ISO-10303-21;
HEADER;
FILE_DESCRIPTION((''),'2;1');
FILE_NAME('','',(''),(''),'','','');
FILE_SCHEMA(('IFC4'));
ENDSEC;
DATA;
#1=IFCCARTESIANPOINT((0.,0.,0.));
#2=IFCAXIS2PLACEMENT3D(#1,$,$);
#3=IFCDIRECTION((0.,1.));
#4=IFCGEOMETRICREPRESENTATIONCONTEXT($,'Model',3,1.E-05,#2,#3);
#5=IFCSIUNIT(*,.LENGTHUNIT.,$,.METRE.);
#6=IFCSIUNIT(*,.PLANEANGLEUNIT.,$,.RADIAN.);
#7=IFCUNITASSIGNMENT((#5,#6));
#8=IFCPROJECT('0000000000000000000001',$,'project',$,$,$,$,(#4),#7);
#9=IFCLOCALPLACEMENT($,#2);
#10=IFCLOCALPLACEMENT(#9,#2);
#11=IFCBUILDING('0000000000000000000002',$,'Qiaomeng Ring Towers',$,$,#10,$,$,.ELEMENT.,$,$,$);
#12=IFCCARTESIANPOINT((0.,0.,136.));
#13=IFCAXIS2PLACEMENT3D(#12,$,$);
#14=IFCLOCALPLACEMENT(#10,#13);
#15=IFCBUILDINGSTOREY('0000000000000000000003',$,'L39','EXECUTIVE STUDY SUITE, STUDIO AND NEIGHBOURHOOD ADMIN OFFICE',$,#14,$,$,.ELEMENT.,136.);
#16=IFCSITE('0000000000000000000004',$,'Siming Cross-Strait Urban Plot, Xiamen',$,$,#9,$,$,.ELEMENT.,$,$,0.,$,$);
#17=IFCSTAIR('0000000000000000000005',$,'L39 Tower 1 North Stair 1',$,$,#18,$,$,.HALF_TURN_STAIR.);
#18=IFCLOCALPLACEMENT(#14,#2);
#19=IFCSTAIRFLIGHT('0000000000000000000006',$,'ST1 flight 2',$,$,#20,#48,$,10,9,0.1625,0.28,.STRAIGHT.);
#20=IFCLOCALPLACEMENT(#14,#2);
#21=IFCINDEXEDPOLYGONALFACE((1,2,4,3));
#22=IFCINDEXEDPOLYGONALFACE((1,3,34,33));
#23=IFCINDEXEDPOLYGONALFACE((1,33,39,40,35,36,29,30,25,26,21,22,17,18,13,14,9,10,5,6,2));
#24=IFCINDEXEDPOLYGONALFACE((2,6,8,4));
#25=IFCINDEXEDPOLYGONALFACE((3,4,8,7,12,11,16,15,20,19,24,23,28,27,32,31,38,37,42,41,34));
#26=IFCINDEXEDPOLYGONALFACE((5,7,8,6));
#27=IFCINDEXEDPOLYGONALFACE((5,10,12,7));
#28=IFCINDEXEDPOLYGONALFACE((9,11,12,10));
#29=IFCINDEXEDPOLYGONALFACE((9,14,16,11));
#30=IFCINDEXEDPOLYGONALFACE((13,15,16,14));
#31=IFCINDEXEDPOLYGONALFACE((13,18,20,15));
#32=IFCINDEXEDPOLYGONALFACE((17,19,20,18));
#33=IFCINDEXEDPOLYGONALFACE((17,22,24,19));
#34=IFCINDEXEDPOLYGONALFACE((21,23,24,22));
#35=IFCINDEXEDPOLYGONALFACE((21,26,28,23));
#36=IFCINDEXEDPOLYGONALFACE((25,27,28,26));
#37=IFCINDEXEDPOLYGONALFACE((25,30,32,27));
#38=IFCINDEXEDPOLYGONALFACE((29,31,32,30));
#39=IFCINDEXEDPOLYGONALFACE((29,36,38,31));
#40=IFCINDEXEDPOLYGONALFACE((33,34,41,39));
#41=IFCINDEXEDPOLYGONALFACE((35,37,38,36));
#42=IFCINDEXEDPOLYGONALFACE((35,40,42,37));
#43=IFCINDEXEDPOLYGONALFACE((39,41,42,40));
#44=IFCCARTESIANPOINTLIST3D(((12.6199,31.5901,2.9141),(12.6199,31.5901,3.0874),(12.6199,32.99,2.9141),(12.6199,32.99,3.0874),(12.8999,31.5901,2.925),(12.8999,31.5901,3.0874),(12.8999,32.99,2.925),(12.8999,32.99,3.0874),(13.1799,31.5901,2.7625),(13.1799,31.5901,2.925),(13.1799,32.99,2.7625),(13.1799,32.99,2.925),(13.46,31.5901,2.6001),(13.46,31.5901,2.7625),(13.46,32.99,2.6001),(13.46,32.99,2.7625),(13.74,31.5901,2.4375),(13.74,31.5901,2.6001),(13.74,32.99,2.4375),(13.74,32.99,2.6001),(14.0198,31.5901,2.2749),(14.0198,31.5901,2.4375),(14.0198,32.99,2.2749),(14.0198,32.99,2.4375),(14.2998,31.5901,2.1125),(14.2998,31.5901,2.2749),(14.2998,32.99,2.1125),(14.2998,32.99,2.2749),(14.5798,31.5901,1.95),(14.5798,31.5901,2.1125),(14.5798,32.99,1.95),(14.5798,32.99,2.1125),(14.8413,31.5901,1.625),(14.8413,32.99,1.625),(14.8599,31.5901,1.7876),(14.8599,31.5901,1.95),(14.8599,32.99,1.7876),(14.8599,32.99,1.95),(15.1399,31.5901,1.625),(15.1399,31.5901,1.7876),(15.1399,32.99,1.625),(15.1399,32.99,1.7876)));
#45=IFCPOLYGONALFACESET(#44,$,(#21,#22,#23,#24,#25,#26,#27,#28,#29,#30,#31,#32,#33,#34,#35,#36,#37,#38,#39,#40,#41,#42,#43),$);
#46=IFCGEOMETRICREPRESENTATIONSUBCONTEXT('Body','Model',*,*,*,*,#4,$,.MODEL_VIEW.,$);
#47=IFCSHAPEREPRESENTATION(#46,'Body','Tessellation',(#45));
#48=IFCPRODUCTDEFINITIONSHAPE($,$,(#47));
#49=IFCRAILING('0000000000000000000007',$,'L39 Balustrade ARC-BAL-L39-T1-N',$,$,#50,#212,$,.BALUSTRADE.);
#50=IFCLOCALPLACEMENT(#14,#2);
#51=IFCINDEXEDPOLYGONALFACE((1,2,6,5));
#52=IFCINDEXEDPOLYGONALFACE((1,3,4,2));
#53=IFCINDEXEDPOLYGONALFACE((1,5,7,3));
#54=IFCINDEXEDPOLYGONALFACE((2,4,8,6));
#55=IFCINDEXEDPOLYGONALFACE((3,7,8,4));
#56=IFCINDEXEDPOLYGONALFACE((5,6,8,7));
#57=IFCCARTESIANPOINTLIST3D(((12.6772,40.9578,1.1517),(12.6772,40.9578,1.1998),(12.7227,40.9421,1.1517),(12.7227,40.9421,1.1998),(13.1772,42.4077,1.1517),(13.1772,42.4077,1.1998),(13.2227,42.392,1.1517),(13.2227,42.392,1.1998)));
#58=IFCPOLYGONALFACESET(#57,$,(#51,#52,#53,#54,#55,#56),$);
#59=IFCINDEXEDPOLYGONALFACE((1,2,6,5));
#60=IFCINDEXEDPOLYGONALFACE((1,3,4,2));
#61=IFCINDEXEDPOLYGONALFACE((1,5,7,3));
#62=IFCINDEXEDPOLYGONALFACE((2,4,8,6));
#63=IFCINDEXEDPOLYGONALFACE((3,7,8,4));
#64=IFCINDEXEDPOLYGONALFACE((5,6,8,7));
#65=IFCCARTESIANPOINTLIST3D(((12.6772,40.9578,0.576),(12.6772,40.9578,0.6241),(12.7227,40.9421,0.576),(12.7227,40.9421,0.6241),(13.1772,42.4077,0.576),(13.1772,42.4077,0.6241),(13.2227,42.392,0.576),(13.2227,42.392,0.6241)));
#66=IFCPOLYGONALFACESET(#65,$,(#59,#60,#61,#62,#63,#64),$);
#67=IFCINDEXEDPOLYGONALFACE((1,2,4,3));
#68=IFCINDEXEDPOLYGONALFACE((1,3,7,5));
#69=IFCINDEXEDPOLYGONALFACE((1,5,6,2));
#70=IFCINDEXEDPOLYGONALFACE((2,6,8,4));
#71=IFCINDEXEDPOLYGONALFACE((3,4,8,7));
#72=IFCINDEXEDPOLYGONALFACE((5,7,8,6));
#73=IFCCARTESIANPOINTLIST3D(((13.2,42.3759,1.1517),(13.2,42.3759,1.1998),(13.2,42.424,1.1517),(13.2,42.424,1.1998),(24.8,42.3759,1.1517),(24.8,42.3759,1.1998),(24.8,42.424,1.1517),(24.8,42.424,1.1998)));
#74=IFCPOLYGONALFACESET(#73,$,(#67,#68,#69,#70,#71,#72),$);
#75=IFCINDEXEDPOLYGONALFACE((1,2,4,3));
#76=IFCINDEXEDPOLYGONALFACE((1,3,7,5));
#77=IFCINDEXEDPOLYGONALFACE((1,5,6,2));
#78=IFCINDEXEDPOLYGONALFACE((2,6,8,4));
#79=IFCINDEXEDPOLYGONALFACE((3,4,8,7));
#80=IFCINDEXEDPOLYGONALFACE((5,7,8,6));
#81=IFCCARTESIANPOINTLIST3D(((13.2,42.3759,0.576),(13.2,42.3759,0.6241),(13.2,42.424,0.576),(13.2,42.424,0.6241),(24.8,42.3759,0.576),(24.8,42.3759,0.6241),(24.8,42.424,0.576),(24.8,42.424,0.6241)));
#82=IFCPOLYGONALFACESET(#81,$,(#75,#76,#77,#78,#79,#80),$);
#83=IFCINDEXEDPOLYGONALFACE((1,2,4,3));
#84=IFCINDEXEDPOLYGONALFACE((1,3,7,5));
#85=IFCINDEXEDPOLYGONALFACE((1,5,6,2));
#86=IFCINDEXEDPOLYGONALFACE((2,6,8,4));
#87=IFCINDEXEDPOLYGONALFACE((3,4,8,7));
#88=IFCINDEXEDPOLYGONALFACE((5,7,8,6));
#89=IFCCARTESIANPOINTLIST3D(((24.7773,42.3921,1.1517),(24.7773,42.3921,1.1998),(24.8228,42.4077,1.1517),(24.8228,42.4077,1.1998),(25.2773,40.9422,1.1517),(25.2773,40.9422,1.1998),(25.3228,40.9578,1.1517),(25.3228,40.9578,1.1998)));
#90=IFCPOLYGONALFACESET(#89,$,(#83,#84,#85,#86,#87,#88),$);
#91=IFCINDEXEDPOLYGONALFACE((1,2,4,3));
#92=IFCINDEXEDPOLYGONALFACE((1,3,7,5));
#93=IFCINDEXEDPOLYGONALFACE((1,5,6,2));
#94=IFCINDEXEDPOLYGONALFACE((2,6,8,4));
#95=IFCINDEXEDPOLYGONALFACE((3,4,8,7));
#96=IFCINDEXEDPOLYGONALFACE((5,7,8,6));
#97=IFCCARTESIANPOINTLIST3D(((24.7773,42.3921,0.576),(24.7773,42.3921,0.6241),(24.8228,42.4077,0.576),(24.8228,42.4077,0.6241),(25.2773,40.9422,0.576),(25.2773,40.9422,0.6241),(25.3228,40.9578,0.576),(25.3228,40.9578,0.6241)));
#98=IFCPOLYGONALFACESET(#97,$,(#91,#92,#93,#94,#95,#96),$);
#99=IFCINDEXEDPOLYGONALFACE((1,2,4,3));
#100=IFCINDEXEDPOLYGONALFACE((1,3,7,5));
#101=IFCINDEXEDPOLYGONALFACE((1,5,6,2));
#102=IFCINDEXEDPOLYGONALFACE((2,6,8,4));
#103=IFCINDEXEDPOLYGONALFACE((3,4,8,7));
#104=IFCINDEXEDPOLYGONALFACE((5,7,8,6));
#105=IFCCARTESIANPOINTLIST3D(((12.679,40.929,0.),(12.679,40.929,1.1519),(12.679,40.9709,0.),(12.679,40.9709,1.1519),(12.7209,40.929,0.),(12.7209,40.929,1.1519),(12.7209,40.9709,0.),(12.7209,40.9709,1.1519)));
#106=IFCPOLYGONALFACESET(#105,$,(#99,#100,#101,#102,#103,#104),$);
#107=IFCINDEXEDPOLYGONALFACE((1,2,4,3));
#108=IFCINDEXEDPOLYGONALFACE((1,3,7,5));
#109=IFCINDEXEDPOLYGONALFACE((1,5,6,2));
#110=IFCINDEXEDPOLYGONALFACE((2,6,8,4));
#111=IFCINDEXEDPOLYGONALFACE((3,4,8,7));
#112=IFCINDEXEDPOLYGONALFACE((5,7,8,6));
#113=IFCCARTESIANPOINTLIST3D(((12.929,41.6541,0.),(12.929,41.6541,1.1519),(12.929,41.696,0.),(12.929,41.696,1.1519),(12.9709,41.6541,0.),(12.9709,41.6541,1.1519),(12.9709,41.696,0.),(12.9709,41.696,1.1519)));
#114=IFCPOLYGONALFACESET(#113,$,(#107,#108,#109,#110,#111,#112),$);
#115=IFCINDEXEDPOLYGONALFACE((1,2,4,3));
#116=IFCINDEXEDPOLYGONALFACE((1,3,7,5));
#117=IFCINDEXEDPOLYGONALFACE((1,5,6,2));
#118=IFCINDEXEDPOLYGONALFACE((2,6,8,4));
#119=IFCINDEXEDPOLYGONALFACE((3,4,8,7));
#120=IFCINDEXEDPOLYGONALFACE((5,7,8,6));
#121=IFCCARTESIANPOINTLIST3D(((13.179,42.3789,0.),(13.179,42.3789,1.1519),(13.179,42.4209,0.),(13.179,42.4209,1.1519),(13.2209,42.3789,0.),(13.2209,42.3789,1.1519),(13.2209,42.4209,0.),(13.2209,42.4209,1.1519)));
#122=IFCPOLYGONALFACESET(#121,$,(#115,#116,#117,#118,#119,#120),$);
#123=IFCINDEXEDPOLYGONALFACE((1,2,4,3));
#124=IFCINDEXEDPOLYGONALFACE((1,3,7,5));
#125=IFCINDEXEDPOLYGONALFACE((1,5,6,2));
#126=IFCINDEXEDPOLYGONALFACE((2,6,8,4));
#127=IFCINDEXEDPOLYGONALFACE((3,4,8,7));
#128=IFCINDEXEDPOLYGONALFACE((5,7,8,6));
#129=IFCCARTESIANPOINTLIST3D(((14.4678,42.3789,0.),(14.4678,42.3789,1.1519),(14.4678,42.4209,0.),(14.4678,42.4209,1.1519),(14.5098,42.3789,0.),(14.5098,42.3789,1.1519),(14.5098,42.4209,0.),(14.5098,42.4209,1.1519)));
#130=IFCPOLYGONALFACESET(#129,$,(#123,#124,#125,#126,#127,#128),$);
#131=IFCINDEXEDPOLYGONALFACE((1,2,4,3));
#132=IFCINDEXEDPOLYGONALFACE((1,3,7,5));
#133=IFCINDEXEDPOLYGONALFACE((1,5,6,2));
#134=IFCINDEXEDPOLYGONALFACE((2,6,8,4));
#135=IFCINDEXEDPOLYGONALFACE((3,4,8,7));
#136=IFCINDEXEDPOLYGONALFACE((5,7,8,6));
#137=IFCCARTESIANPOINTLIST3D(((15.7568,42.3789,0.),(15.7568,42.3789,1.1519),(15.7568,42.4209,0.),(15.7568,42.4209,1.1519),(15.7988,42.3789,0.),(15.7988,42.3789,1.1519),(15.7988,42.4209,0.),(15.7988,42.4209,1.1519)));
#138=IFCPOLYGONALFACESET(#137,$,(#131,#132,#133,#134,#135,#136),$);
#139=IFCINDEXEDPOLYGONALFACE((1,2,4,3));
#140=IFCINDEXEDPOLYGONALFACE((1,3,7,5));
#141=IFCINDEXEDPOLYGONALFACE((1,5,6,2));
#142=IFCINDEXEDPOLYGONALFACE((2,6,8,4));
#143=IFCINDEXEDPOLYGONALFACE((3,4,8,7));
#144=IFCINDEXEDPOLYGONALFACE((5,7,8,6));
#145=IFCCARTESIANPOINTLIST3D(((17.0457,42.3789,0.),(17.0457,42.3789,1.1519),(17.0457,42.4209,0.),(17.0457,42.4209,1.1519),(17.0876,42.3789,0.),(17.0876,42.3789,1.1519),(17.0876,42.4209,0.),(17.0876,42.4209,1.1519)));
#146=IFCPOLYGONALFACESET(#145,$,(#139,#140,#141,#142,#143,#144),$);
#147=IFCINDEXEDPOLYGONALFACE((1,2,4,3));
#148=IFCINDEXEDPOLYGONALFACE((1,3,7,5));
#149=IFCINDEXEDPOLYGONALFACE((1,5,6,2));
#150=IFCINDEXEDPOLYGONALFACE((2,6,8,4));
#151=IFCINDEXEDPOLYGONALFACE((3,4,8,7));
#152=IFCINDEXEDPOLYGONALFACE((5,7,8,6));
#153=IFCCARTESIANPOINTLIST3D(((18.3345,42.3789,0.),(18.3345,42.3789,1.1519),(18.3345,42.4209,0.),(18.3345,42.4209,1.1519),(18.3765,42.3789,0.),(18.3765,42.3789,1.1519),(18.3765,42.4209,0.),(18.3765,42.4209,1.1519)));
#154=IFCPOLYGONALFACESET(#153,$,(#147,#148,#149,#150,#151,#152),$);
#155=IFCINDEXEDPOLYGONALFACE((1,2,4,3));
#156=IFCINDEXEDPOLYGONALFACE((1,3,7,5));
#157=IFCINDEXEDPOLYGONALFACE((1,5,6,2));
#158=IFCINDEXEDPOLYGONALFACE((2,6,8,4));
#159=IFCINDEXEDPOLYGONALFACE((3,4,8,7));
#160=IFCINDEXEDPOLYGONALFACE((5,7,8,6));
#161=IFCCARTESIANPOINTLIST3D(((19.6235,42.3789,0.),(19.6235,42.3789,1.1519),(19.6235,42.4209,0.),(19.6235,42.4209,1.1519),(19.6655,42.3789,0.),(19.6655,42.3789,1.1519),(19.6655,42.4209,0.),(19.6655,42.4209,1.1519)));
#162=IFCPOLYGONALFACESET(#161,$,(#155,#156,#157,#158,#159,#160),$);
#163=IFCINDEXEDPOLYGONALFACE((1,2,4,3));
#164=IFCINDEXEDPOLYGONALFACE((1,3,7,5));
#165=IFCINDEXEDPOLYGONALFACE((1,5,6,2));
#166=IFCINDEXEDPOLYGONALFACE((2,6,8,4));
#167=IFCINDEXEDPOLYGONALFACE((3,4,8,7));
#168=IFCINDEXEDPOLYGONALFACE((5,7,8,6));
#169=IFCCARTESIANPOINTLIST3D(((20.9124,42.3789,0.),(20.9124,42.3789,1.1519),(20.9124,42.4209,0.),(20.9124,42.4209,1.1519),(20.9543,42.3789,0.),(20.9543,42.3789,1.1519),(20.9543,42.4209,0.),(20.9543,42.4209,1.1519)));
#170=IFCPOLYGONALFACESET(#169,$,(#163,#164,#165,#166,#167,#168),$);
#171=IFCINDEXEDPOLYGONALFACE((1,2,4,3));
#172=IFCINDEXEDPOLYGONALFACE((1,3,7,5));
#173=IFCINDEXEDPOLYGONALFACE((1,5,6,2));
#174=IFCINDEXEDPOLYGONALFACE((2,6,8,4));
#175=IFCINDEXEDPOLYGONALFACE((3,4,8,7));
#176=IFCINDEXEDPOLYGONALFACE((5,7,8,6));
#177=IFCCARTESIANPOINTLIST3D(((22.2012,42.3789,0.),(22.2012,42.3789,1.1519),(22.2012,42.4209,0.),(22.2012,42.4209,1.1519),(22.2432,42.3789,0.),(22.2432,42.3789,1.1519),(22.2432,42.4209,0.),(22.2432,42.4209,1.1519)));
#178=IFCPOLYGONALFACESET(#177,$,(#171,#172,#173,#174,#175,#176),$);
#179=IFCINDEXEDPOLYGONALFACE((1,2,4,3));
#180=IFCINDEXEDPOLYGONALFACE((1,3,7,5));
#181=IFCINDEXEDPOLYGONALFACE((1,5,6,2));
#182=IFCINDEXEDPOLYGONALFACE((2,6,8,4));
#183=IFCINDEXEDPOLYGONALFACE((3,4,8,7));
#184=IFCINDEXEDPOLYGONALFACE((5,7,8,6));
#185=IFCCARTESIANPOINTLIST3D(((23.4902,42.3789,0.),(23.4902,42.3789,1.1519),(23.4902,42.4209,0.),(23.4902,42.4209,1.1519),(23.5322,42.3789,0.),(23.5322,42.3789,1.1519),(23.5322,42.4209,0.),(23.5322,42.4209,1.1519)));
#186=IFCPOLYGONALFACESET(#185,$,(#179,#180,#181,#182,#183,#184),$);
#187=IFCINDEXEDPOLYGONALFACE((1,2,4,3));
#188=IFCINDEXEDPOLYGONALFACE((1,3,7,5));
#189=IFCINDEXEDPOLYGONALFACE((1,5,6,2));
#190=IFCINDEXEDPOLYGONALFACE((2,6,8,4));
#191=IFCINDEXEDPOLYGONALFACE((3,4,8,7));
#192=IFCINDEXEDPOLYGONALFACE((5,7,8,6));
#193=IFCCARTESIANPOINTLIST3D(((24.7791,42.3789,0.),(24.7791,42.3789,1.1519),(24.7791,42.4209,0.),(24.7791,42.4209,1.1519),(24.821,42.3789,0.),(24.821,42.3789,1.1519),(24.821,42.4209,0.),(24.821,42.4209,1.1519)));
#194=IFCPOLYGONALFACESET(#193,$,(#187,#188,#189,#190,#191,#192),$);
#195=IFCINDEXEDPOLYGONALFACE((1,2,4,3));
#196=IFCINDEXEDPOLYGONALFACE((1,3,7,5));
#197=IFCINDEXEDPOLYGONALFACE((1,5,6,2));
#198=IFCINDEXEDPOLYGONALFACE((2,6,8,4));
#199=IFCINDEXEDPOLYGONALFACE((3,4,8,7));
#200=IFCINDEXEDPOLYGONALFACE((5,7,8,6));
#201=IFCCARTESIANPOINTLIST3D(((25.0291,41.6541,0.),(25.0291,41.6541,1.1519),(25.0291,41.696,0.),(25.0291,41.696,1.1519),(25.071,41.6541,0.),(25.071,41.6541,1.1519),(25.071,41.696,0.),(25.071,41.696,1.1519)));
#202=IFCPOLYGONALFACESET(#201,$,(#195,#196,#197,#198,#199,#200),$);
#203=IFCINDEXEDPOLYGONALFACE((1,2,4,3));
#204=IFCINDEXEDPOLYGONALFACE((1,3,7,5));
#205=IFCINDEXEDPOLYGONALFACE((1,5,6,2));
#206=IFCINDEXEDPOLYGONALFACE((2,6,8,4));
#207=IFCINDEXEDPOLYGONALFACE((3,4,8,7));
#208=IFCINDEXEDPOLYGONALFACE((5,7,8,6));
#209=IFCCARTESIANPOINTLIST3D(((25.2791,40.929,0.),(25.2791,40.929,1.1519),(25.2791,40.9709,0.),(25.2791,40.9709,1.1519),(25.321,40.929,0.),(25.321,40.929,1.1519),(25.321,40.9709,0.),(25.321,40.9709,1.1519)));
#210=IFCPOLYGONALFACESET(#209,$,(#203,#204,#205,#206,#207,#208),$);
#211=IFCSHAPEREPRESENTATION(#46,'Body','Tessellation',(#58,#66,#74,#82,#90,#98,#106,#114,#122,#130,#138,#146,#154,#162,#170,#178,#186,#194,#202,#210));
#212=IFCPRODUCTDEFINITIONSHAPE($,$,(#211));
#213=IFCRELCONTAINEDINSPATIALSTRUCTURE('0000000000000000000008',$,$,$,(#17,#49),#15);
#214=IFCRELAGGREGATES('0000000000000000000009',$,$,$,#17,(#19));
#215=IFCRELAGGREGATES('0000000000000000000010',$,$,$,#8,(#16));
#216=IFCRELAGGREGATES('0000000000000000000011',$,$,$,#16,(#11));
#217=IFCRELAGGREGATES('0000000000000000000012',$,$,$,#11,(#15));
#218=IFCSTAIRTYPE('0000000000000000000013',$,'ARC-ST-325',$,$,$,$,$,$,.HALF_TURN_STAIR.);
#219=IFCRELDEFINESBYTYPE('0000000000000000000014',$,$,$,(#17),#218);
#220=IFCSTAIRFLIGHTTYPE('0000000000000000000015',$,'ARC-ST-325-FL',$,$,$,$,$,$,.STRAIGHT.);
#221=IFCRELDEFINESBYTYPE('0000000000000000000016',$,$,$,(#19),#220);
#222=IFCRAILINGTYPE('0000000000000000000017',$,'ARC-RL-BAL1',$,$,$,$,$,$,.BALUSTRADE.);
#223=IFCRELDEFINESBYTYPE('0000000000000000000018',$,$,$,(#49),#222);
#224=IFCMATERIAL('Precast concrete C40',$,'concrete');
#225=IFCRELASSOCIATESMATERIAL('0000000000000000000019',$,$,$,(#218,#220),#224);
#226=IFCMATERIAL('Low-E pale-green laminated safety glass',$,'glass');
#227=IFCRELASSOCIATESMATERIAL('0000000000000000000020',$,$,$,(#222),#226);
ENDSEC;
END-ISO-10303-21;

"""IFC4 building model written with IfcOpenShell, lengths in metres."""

from ifc_helpers import new_model, si_unit, direction, frame, origin, origin_2d, place, context, subcontext, project, spatial, polyline, rectangle, outline, extrude, source, transform, mapped, material, type_object, element, aggregate, save


model = new_model("IFC4")

# Units and contexts
model_context = context("Model", 3, precision=1e-05, world=origin(), true_north=direction((0.0, 1.0)))
body_context = subcontext(model_context, "Body", "Model", "MODEL_VIEW")
ifc_project = project(units=[si_unit("LENGTHUNIT", "METRE"), si_unit("PLANEANGLEUNIT", "RADIAN")], contexts=[model_context])

# Site, building, storey
site_placement = place(None, origin())
site = spatial("IfcSite", under=ifc_project, at=site_placement, Name="Siming Cross-Strait Urban Plot, Xiamen", CompositionType="ELEMENT", RefElevation=0.0)
building_placement = place(site_placement, origin())
building = spatial("IfcBuilding", under=site, at=building_placement, Name="Qiaomeng Ring Towers", CompositionType="ELEMENT")
storey_placement = place(building_placement, frame((0.0, 0.0, 136.0)))
storey = spatial("IfcBuildingStorey", under=building, at=storey_placement, Name="L39", Description="EXECUTIVE STUDY SUITE, STUDIO AND NEIGHBOURHOOD ADMIN OFFICE", CompositionType="ELEMENT", Elevation=136.0)

# Stair, stair flight
ifc_material_1 = material(Name="Precast concrete C40", Category="concrete")
stair_type = type_object("IfcStairType", Name="ARC-ST-325", PredefinedType="HALF_TURN_STAIR", material=ifc_material_1)
stair_placement = place(storey_placement, origin())
stair = element("IfcStair", 1, at=stair_placement, inside=storey, type_object=stair_type, Name="L39 Tower 1 North Stair 1", PredefinedType="HALF_TURN_STAIR")
stair_flight_type = type_object("IfcStairFlightType", Name="ARC-ST-325-FL", PredefinedType="STRAIGHT", material=ifc_material_1)
shared_shape_1 = source(origin(), body_context, "Body", "SweptSolid", [
    extrude(outline(polyline([(0.0, 0.0), (0.0, 0.1626), (0.28, 0.1626), (0.28, 0.325), (0.5601, 0.325), (0.5601, 0.4875), (0.8401, 0.4875), (0.8401, 0.6499), (1.1201, 0.6499), (1.1201, 0.8125), (1.3999, 0.8125), (1.3999, 0.9751), (1.6799, 0.9751), (1.6799, 1.1375), (1.96, 1.1375), (1.96, 1.3), (2.24, 1.3), (2.24, 1.4624), (2.52, 1.4624), (2.52, 1.625), (2.52, 1.2891), (0.2986, 0.0), (0.0, 0.0)])), frame((0.0, 0.7, 0.0), z_axis=(0.0, -1.0, 0.0), x_axis=(1.0, 0.0, 0.0)), (0.0, 0.0, 1.0), 1.3999),
])
stair_flight_placement = place(storey_placement, frame((15.1399, 32.29, 1.625), z_axis=(0.0, 0.0, 1.0), x_axis=(-1.0, 0.0, 0.0)))
stair_flight = element("IfcStairFlight", 2, at=stair_flight_placement, type_object=stair_flight_type, Name="ST1 flight 2", NumberOfRisers=10, NumberOfTreads=9, PredefinedType="STRAIGHT", RiserHeight=0.1625, TreadLength=0.28, context=body_context, shape_type="MappedRepresentation", body=[
    mapped(shared_shape_1, transform((0.0, 0.0, 0.0), x_axis=(1.0, 0.0, 0.0), y_axis=(0.0, 1.0, 0.0), z_axis=(0.0, 0.0, 1.0), scale=1.0)),
])
aggregate(stair, [stair_flight])

# Railing
ifc_material_2 = material(Name="Low-E pale-green laminated safety glass", Category="glass")
railing_type_1 = type_object("IfcRailingType", Name="ARC-RL-BAL1", PredefinedType="BALUSTRADE", material=ifc_material_2)
railing_1_placement = place(storey_placement, frame((12.7, 40.95, 0.0)))
element("IfcRailing", 3, at=railing_1_placement, inside=storey, type_object=railing_type_1, Name="L39 Balustrade ARC-BAL-L39-T1-N", PredefinedType="BALUSTRADE", context=body_context, shape_type="SweptSolid", body=[
    extrude(rectangle(XDim=0.0481, YDim=0.0481, at=origin_2d()), frame((0.0, 0.0, 1.1758), z_axis=(0.326, 0.94537, 0.0), x_axis=(-0.94537, 0.326, 0.0)), (0.0, 0.0, 1.0), 1.5337),
    extrude(rectangle(XDim=0.0481, YDim=0.0481, at=origin_2d()), frame((0.0, 0.0, 0.6001), z_axis=(0.326, 0.94537, 0.0), x_axis=(-0.94537, 0.326, 0.0)), (0.0, 0.0, 1.0), 1.5337),
    extrude(rectangle(XDim=0.0481, YDim=0.0481, at=origin_2d()), frame((0.5, 1.45, 1.1758), z_axis=(1.0, 0.0, 0.0), x_axis=(0.0, 1.0, 0.0)), (0.0, 0.0, 1.0), 11.6001),
    extrude(rectangle(XDim=0.0481, YDim=0.0481, at=origin_2d()), frame((0.5, 1.45, 0.6001), z_axis=(1.0, 0.0, 0.0), x_axis=(0.0, 1.0, 0.0)), (0.0, 0.0, 1.0), 11.6001),
    extrude(rectangle(XDim=0.0481, YDim=0.0481, at=origin_2d()), frame((12.1001, 1.45, 1.1758), z_axis=(0.326, -0.94537, 0.0), x_axis=(0.94537, 0.326, 0.0)), (0.0, 0.0, 1.0), 1.5337),
    extrude(rectangle(XDim=0.0481, YDim=0.0481, at=origin_2d()), frame((12.1001, 1.45, 0.6001), z_axis=(0.326, -0.94537, 0.0), x_axis=(0.94537, 0.326, 0.0)), (0.0, 0.0, 1.0), 1.5337),
    extrude(rectangle(XDim=0.042, YDim=0.042, at=origin_2d()), origin(), (0.0, 0.0, 1.0), 1.1519),
    extrude(rectangle(XDim=0.042, YDim=0.042, at=origin_2d()), frame((0.25, 0.7251, 0.0)), (0.0, 0.0, 1.0), 1.1519),
    extrude(rectangle(XDim=0.042, YDim=0.042, at=origin_2d()), frame((0.5, 1.45, 0.0)), (0.0, 0.0, 1.0), 1.1519),
    extrude(rectangle(XDim=0.042, YDim=0.042, at=origin_2d()), frame((1.7888, 1.45, 0.0)), (0.0, 0.0, 1.0), 1.1519),
    extrude(rectangle(XDim=0.042, YDim=0.042, at=origin_2d()), frame((3.0779, 1.45, 0.0)), (0.0, 0.0, 1.0), 1.1519),
    extrude(rectangle(XDim=0.042, YDim=0.042, at=origin_2d()), frame((4.3667, 1.45, 0.0)), (0.0, 0.0, 1.0), 1.1519),
    extrude(rectangle(XDim=0.042, YDim=0.042, at=origin_2d()), frame((5.6555, 1.45, 0.0)), (0.0, 0.0, 1.0), 1.1519),
    extrude(rectangle(XDim=0.042, YDim=0.042, at=origin_2d()), frame((6.9446, 1.45, 0.0)), (0.0, 0.0, 1.0), 1.1519),
    extrude(rectangle(XDim=0.042, YDim=0.042, at=origin_2d()), frame((8.2334, 1.45, 0.0)), (0.0, 0.0, 1.0), 1.1519),
    extrude(rectangle(XDim=0.042, YDim=0.042, at=origin_2d()), frame((9.5222, 1.45, 0.0)), (0.0, 0.0, 1.0), 1.1519),
    extrude(rectangle(XDim=0.042, YDim=0.042, at=origin_2d()), frame((10.8113, 1.45, 0.0)), (0.0, 0.0, 1.0), 1.1519),
    extrude(rectangle(XDim=0.042, YDim=0.042, at=origin_2d()), frame((12.1001, 1.45, 0.0)), (0.0, 0.0, 1.0), 1.1519),
    extrude(rectangle(XDim=0.042, YDim=0.042, at=origin_2d()), frame((12.3501, 0.7251, 0.0)), (0.0, 0.0, 1.0), 1.1519),
    extrude(rectangle(XDim=0.042, YDim=0.042, at=origin_2d()), frame((12.6001, 0.0, 0.0)), (0.0, 0.0, 1.0), 1.1519),
])

save(model, "model.ifc")
